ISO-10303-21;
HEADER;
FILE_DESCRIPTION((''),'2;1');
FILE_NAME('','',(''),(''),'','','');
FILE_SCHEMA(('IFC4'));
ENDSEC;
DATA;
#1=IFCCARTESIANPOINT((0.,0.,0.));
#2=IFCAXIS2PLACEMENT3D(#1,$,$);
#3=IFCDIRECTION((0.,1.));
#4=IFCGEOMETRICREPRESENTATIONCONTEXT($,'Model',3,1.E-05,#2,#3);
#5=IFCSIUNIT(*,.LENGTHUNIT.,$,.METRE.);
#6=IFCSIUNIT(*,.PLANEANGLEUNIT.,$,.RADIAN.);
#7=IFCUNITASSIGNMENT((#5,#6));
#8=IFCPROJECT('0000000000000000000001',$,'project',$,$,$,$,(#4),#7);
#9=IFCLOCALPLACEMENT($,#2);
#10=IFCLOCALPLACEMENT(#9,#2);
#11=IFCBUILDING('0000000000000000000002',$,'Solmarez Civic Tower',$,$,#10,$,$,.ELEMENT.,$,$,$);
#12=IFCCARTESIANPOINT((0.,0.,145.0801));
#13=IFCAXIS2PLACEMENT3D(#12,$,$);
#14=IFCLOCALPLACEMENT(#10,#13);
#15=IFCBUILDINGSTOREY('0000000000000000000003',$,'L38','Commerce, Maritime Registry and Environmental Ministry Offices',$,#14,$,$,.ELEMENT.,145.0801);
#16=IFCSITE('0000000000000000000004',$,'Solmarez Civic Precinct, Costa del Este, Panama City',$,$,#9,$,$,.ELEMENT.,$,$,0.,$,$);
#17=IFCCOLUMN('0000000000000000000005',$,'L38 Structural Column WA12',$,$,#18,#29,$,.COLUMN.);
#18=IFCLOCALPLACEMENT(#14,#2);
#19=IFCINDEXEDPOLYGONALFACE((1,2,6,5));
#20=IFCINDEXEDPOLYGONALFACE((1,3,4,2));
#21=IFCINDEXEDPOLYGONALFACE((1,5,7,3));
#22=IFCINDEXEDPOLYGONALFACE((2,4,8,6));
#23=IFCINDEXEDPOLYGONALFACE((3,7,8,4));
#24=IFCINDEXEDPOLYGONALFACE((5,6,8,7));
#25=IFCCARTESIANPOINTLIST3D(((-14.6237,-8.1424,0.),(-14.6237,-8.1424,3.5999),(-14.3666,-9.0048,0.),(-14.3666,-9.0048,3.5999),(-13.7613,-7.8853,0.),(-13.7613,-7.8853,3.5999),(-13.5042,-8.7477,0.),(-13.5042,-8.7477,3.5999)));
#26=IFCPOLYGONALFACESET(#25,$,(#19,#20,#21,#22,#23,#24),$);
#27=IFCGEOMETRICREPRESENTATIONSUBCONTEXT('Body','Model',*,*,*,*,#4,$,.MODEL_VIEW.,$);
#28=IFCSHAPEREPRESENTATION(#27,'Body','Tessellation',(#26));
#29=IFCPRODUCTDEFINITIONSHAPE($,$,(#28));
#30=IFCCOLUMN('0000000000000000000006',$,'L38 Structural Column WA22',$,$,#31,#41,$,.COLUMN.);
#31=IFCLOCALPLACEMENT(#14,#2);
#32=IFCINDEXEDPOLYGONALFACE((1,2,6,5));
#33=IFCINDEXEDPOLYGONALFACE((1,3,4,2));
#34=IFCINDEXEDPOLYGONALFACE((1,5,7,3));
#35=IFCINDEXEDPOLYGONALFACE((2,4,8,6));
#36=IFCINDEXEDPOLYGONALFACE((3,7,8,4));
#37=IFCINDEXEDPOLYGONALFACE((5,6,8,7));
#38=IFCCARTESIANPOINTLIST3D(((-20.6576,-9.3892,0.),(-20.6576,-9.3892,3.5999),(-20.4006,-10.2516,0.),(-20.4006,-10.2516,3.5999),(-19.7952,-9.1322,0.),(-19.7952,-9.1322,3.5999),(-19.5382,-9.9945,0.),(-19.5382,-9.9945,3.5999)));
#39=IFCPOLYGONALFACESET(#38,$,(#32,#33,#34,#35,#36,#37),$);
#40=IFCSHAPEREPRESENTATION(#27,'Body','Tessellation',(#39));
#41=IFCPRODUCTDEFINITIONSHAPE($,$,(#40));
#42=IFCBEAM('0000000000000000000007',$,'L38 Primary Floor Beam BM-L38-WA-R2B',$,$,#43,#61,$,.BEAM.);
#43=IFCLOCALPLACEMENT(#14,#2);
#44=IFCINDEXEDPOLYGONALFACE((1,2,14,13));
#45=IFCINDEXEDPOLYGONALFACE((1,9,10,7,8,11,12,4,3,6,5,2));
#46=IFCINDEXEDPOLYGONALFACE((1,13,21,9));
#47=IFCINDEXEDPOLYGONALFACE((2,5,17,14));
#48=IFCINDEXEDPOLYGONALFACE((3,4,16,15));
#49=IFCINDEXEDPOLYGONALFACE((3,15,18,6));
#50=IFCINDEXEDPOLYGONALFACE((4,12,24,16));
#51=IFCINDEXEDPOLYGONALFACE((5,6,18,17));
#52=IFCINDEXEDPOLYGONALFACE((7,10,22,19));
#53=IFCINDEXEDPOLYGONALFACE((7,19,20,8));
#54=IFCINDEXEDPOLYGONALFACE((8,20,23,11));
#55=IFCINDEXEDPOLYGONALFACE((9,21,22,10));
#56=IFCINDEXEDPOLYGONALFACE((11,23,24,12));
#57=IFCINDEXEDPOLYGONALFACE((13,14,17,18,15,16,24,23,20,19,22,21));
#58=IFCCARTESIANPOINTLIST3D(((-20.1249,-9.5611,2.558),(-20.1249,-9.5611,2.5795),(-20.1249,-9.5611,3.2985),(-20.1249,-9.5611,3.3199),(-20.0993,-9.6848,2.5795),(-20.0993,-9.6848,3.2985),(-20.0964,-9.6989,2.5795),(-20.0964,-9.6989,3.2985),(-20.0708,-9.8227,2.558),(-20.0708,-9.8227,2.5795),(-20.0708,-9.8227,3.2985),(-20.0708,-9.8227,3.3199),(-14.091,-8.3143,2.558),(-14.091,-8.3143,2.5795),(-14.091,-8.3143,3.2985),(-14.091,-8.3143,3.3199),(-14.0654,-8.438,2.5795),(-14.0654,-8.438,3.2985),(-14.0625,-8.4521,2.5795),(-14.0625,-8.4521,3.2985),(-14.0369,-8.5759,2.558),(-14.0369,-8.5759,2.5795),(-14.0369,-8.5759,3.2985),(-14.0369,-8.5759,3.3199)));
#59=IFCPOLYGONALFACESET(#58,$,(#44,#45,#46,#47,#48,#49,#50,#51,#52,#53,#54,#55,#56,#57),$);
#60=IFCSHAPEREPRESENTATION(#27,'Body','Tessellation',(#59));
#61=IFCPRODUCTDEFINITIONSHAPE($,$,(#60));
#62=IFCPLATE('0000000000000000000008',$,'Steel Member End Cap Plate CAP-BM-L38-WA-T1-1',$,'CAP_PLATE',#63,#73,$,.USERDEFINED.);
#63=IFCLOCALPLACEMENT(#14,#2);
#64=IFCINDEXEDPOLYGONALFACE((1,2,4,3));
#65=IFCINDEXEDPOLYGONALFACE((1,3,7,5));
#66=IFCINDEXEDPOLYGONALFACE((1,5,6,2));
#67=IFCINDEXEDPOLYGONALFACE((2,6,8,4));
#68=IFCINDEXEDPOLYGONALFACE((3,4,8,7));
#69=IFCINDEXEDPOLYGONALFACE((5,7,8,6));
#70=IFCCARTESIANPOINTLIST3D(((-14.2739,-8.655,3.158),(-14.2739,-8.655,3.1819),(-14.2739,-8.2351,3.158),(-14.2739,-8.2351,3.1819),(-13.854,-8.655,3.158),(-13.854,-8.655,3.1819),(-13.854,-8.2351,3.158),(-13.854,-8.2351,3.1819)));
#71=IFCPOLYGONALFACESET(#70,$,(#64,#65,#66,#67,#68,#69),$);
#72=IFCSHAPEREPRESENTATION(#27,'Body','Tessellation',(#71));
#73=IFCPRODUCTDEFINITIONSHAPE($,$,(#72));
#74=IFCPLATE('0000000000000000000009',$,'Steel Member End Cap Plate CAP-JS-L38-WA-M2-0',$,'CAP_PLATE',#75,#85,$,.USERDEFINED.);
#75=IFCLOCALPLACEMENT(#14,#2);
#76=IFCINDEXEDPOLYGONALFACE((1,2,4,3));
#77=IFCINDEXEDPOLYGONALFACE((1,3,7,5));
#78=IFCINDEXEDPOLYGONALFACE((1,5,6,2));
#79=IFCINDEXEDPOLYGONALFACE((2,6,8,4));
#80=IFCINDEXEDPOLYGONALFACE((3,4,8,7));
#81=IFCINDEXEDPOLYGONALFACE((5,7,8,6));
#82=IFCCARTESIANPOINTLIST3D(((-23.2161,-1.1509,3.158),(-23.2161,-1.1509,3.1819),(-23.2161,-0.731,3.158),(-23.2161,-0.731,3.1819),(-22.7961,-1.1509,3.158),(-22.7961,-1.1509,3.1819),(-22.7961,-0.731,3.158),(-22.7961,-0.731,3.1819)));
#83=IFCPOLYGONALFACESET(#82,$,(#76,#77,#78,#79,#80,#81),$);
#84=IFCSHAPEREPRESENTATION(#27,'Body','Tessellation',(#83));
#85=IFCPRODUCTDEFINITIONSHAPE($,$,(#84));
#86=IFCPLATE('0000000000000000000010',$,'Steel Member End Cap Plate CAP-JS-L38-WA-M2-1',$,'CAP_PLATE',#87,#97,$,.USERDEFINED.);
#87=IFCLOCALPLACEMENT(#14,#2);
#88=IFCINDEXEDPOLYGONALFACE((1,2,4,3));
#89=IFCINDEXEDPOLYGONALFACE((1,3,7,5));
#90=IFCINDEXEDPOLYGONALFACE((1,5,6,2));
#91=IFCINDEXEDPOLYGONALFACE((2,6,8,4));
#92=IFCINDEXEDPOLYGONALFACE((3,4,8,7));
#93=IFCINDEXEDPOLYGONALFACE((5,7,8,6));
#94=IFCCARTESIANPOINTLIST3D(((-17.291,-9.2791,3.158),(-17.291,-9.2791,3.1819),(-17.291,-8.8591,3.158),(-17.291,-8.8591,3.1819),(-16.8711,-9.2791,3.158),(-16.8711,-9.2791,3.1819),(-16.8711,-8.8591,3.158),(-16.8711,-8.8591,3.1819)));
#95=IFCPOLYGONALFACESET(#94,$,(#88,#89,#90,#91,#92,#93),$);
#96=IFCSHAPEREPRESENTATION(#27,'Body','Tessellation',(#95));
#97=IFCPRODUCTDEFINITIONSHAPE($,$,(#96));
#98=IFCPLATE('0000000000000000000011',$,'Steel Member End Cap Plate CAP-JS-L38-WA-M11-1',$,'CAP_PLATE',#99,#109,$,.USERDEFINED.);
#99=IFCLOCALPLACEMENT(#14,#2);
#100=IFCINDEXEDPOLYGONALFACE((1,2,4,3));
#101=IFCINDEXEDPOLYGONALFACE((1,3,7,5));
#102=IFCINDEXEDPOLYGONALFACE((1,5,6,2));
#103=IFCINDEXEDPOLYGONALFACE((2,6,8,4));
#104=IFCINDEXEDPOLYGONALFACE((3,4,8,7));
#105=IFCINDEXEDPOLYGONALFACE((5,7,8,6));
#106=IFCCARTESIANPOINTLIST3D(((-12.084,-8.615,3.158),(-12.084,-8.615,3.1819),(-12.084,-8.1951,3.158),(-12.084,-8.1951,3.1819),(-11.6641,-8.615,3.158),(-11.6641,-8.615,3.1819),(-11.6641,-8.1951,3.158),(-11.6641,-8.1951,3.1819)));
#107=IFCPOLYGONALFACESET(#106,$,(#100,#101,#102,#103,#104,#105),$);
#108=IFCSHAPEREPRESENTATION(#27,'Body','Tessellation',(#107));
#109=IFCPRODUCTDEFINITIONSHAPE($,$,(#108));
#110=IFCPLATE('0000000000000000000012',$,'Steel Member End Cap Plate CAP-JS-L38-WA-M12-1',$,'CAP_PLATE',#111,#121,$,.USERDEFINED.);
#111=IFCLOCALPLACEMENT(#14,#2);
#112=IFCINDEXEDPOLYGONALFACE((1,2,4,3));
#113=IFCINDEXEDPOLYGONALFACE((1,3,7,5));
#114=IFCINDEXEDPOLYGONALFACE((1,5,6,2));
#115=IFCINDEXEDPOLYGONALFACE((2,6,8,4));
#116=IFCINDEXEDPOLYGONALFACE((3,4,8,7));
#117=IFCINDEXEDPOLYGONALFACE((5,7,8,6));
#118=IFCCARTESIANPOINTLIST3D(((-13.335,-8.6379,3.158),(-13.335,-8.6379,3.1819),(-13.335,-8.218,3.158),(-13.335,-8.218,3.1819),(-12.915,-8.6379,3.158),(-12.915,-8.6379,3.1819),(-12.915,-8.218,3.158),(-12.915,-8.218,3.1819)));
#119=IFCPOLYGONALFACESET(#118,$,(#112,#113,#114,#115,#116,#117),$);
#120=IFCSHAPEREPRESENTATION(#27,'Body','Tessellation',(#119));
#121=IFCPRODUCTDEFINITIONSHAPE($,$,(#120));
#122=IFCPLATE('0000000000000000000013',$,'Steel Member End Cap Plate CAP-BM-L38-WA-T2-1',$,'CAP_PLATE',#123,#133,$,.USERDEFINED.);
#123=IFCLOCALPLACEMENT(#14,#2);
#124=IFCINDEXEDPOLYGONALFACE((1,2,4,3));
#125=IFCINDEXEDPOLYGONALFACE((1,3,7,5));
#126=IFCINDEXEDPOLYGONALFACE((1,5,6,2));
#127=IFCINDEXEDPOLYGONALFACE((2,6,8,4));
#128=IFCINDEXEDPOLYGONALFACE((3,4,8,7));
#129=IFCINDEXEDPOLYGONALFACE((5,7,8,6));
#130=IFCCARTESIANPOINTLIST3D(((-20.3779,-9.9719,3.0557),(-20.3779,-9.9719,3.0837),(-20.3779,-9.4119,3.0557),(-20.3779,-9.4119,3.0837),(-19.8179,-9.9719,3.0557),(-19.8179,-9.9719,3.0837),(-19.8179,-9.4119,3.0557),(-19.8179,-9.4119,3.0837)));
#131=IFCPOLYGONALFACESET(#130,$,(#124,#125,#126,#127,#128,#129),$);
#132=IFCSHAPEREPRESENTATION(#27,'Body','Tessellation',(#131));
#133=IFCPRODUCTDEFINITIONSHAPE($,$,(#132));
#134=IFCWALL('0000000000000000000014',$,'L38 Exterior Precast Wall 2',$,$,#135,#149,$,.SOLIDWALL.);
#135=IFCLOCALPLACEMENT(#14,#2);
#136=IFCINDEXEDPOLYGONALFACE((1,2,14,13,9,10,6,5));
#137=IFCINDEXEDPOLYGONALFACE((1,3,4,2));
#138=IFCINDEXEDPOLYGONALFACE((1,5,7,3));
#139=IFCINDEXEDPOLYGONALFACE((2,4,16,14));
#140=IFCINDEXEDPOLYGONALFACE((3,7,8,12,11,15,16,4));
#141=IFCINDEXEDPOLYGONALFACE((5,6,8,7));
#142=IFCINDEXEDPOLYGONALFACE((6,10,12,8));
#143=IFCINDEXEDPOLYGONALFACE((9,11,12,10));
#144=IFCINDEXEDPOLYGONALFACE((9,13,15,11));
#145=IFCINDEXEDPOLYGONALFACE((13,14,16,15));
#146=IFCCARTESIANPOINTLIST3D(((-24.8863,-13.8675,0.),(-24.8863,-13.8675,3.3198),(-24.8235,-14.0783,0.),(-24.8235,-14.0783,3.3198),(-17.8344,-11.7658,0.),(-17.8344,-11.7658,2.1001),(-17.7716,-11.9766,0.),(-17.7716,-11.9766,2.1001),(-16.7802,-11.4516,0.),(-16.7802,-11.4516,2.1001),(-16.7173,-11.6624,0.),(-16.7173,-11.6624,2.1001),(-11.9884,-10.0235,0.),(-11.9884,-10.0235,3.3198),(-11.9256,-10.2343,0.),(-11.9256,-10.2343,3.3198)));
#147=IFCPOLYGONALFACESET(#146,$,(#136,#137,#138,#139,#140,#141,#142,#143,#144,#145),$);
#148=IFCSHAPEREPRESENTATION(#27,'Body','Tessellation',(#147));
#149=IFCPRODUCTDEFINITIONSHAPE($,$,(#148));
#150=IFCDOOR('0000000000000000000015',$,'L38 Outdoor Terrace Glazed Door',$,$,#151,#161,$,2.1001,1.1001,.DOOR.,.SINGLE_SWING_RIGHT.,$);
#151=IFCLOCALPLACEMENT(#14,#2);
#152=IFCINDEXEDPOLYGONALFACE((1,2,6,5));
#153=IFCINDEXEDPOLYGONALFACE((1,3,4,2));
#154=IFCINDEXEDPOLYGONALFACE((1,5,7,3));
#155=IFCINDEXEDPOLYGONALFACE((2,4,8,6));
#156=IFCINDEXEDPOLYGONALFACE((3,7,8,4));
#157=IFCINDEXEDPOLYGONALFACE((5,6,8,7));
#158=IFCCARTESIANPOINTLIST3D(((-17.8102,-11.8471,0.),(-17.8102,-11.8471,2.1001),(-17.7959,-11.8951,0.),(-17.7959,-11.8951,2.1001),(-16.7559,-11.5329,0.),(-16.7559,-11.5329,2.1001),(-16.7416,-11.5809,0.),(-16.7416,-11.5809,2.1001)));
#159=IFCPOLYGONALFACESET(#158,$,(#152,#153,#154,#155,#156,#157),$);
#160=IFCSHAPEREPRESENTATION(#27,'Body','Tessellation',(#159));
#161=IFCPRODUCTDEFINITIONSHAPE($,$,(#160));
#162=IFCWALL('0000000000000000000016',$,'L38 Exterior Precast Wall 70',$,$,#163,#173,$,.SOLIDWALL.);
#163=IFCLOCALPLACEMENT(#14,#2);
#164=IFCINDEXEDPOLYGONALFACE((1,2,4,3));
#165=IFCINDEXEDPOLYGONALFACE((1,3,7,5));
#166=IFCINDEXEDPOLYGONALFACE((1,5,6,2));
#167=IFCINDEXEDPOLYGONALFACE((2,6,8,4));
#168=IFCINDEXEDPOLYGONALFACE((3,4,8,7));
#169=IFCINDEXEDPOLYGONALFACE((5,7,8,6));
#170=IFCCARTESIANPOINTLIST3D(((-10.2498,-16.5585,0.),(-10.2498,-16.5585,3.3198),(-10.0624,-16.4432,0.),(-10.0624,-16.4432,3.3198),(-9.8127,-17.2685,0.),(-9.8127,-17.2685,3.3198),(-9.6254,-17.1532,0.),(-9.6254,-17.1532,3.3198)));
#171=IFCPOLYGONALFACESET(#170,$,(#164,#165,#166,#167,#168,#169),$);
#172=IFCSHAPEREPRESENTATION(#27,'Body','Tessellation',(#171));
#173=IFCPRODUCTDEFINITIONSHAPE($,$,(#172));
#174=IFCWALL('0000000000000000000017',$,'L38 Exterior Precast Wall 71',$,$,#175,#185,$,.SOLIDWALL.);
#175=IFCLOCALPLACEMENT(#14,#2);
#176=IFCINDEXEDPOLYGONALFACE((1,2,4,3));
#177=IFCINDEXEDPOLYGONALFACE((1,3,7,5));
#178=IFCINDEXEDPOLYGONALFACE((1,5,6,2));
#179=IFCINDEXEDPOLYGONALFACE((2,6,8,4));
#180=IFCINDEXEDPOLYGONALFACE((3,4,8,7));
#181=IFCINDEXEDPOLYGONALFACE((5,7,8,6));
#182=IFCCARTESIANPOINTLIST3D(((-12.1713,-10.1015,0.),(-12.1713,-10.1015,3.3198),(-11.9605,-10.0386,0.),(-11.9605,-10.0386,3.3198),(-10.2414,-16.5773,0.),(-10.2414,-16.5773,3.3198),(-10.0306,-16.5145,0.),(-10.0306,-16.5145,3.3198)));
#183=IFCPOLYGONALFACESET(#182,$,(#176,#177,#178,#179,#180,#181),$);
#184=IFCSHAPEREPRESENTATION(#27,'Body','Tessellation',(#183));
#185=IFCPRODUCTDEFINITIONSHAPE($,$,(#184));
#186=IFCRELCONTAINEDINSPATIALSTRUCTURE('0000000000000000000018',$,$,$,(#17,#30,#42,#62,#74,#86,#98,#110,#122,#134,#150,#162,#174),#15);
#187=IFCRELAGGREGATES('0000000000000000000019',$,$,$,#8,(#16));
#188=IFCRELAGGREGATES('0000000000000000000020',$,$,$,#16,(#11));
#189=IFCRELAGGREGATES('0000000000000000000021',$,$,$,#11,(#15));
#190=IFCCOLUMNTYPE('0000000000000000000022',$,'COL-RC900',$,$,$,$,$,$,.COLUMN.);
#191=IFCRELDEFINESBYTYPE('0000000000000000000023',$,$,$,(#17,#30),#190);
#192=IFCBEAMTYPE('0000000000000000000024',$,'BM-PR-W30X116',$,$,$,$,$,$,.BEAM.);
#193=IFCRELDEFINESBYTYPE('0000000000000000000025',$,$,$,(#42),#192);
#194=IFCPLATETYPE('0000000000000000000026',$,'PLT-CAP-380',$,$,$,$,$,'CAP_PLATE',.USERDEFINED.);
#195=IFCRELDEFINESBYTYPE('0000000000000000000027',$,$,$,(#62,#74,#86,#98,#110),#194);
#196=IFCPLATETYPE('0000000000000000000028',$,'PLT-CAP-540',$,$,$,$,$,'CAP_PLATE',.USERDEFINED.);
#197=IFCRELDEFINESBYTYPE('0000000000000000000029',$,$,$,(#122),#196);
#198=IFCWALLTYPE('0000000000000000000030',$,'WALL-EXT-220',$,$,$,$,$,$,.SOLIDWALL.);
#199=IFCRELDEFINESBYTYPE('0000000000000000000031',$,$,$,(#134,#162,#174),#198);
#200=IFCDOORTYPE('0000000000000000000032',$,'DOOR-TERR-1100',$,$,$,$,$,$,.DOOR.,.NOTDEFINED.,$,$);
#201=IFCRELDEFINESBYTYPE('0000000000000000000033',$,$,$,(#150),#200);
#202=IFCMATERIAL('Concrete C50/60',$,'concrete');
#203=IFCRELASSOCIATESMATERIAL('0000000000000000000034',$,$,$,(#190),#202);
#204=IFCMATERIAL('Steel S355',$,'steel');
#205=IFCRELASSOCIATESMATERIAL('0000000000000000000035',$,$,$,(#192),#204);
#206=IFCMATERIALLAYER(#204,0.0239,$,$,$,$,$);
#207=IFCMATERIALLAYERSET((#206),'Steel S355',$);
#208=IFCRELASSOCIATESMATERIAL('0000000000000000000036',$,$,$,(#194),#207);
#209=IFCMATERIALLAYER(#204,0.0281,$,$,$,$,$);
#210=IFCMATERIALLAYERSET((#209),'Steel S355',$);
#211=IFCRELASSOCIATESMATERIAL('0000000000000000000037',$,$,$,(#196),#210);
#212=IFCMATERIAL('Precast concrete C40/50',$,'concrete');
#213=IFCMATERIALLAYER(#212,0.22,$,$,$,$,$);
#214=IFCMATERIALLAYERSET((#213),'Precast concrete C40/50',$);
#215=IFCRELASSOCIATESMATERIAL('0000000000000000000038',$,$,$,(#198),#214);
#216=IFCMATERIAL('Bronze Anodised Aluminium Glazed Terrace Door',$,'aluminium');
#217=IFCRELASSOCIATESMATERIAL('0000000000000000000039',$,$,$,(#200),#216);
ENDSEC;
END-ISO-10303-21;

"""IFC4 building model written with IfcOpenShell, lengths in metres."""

from ifc_helpers import new_model, si_unit, direction, frame, frame_2d, origin, origin_2d, place, context, subcontext, project, spatial, rectangle, i_section, extrude, material, layer, layer_set, material_profile, profile_set, type_object, element, fill, save


model = new_model("IFC4")

# Units and contexts
model_context = context("Model", 3, precision=1e-05, world=origin(), true_north=direction((0.0, 1.0)))
body_context = subcontext(model_context, "Body", "Model", "MODEL_VIEW")
ifc_project = project(units=[si_unit("LENGTHUNIT", "METRE"), si_unit("PLANEANGLEUNIT", "RADIAN")], contexts=[model_context])

# Site, building, storey
site_placement = place(None, origin())
site = spatial("IfcSite", under=ifc_project, at=site_placement, Name="Solmarez Civic Precinct, Costa del Este, Panama City", CompositionType="ELEMENT", RefElevation=0.0)
building_placement = place(site_placement, origin())
building = spatial("IfcBuilding", under=site, at=building_placement, Name="Solmarez Civic Tower", CompositionType="ELEMENT")
storey_placement = place(building_placement, frame((0.0, 0.0, 145.0801)))
storey = spatial("IfcBuildingStorey", under=building, at=storey_placement, Name="L38", Description="Commerce, Maritime Registry and Environmental Ministry Offices", CompositionType="ELEMENT", Elevation=145.0801)

# Columns
ifc_material_1 = material(Name="Concrete C50/60", Category="concrete")
ifc_material_profile_1 = material_profile(ifc_material_1, rectangle(XDim=0.8999, YDim=0.8999, at=origin_2d()), Name="RC900X900")
ifc_profile_set_1 = profile_set([ifc_material_profile_1], Name="Concrete C50/60")
column_type = type_object("IfcColumnType", Name="COL-RC900", PredefinedType="COLUMN", material=ifc_profile_set_1)
for number, where, z_axis, x_axis, name in (
    (1, (-14.064, -8.4451, 0.0), (0.0, 0.0, 1.0), (0.958323, 0.285688, 0.0), "L38 Structural Column WA12"),
    (2, (-20.0979, -9.6919, 0.0), (0.0, 0.0, 1.0), (0.958323, 0.285688, 0.0), "L38 Structural Column WA22"),
):
    element("IfcColumn", number, at=place(storey_placement, frame(where, z_axis=z_axis, x_axis=x_axis)), inside=storey, type_object=column_type, Name=name, PredefinedType="COLUMN", context=body_context, shape_type="SweptSolid", body=[
        extrude(rectangle(XDim=0.8999, YDim=0.8999, at=origin_2d()), origin(), (0.0, 0.0, 1.0), 3.5999),
    ])

# Beam
ifc_material_2 = material(Name="Steel S355", Category="steel")
ifc_material_profile_2 = material_profile(ifc_material_2, i_section(OverallWidth=0.2671, OverallDepth=0.762, WebThickness=0.0144, FlangeThickness=0.0215, at=origin_2d()), Name="W30X116")
ifc_profile_set_2 = profile_set([ifc_material_profile_2], Name="Steel S355")
beam_type = type_object("IfcBeamType", Name="BM-PR-W30X116", PredefinedType="BEAM", material=ifc_profile_set_2)
beam_placement = place(storey_placement, frame((-14.064, -8.4451, 2.939), z_axis=(-0.979311, -0.202361, 0.0), x_axis=(0.202361, -0.979311, 0.0)))
element("IfcBeam", 3, at=beam_placement, inside=storey, type_object=beam_type, Name="L38 Primary Floor Beam BM-L38-WA-R2B", PredefinedType="BEAM", context=body_context, shape_type="SweptSolid", body=[
    extrude(i_section(OverallWidth=0.2671, OverallDepth=0.762, WebThickness=0.0144, FlangeThickness=0.0215, at=origin_2d()), origin(), (0.0, 0.0, 1.0), 6.1614),
])

# Plates
ifc_layer_1 = layer(ifc_material_2, 0.0239)
ifc_layer_set_1 = layer_set([ifc_layer_1], Name="Steel S355")
plate_type_1 = type_object("IfcPlateType", Name="PLT-CAP-380", ElementType="CAP_PLATE", PredefinedType="USERDEFINED", material=ifc_layer_set_1)
for number, where, z_axis, x_axis, name in (
    (4, (-14.064, -8.4451, 3.158), (0.0, 0.0, 1.0), (1.0, 0.0, 0.0), "Steel Member End Cap Plate CAP-BM-L38-WA-T1-1"),
    (5, (-23.0061, -0.9409, 3.158), (0.0, 0.0, 1.0), (1.0, 0.0, 0.0), "Steel Member End Cap Plate CAP-JS-L38-WA-M2-0"),
    (6, (-17.0811, -9.0691, 3.158), (0.0, 0.0, 1.0), (1.0, 0.0, 0.0), "Steel Member End Cap Plate CAP-JS-L38-WA-M2-1"),
    (7, (-11.874, -8.405, 3.158), (0.0, 0.0, 1.0), (1.0, 0.0, 0.0), "Steel Member End Cap Plate CAP-JS-L38-WA-M11-1"),
    (8, (-13.125, -8.428, 3.158), (0.0, 0.0, 1.0), (1.0, 0.0, 0.0), "Steel Member End Cap Plate CAP-JS-L38-WA-M12-1"),
):
    element("IfcPlate", number, at=place(storey_placement, frame(where, z_axis=z_axis, x_axis=x_axis)), inside=storey, type_object=plate_type_1, Name=name, ObjectType="CAP_PLATE", PredefinedType="USERDEFINED", context=body_context, shape_type="SweptSolid", body=[
        extrude(rectangle(XDim=0.4199, YDim=0.4199, at=origin_2d()), origin(), (0.0, 0.0, 1.0), 0.0239),
    ])
ifc_layer_2 = layer(ifc_material_2, 0.0281)
ifc_layer_set_2 = layer_set([ifc_layer_2], Name="Steel S355")
plate_type_2 = type_object("IfcPlateType", Name="PLT-CAP-540", ElementType="CAP_PLATE", PredefinedType="USERDEFINED", material=ifc_layer_set_2)
plate_placement = place(storey_placement, frame((-20.0979, -9.6919, 3.0557), z_axis=(0.0, 0.0, 1.0), x_axis=(1.0, 0.0, 0.0)))
element("IfcPlate", 9, at=plate_placement, inside=storey, type_object=plate_type_2, Name="Steel Member End Cap Plate CAP-BM-L38-WA-T2-1", ObjectType="CAP_PLATE", PredefinedType="USERDEFINED", context=body_context, shape_type="SweptSolid", body=[
    extrude(rectangle(XDim=0.5601, YDim=0.5601, at=origin_2d()), origin(), (0.0, 0.0, 1.0), 0.0281),
])

# Wall, opening, door
ifc_material_3 = material(Name="Precast concrete C40/50", Category="concrete")
ifc_layer_3 = layer(ifc_material_3, 0.22)
ifc_layer_set_3 = layer_set([ifc_layer_3], Name="Precast concrete C40/50")
wall_type_1 = type_object("IfcWallType", Name="WALL-EXT-220", PredefinedType="SOLIDWALL", material=ifc_layer_set_3)
wall_1_placement = place(storey_placement, frame((-11.957, -10.1289, 0.0), z_axis=(0.0, 0.0, 1.0), x_axis=(-0.958344, -0.285617, 0.0)))
wall_1 = element("IfcWall", 10, at=wall_1_placement, inside=storey, type_object=wall_type_1, Name="L38 Exterior Precast Wall 2", PredefinedType="SOLIDWALL", context=body_context, shape_type="SweptSolid", body=[
    extrude(rectangle(XDim=13.4585, YDim=0.22, at=frame_2d((6.7292, 0.0))), origin(), (0.0, 0.0, 1.0), 3.3198),
])
opening_1_placement = place(wall_1_placement, frame((5.0, 0.0, 0.0)))
opening_1 = element("IfcOpeningElement", 11, at=opening_1_placement, cuts=wall_1, PredefinedType="OPENING", context=body_context, shape_type="SweptSolid", body=[
    extrude(rectangle(XDim=1.1001, YDim=2.1001, at=frame_2d((0.55, 1.05))), frame((0.0, 0.1199, 0.0), z_axis=(0.0, -1.0, 0.0), x_axis=(1.0, 0.0, 0.0)), (0.0, 0.0, 1.0), 0.24),
])
ifc_material_4 = material(Name="Bronze Anodised Aluminium Glazed Terrace Door", Category="aluminium")
door_type_1 = type_object("IfcDoorType", Name="DOOR-TERR-1100", OperationType="NOTDEFINED", PredefinedType="DOOR", material=ifc_material_4)
door_1_placement = place(opening_1_placement, origin())
door_1 = element("IfcDoor", 12, at=door_1_placement, inside=storey, type_object=door_type_1, Name="L38 Outdoor Terrace Glazed Door", OperationType="SINGLE_SWING_RIGHT", OverallHeight=2.1001, OverallWidth=1.1001, PredefinedType="DOOR", context=body_context, shape_type="SweptSolid", body=[
    extrude(rectangle(XDim=1.1001, YDim=2.1001, at=frame_2d((0.55, 1.05))), frame((0.0, 0.0249, 0.0), z_axis=(0.0, -1.0, 0.0), x_axis=(1.0, 0.0, 0.0)), (0.0, 0.0, 1.0), 0.05),
])
fill(opening_1, door_1)

# Walls
wall_2_placement = place(storey_placement, frame((-9.719, -17.2109, 0.0), z_axis=(0.0, 0.0, 1.0), x_axis=(-0.524195, 0.851598, 0.0)))
element("IfcWall", 13, at=wall_2_placement, inside=storey, type_object=wall_type_1, Name="L38 Exterior Precast Wall 70", PredefinedType="SOLIDWALL", context=body_context, shape_type="SweptSolid", body=[
    extrude(rectangle(XDim=0.8337, YDim=0.22, at=frame_2d((0.417, 0.0))), origin(), (0.0, 0.0, 1.0), 3.3198),
])
wall_3_placement = place(storey_placement, frame((-10.136, -16.5459, 0.0), z_axis=(0.0, 0.0, 1.0), x_axis=(-0.285607, 0.958347, 0.0)))
element("IfcWall", 14, at=wall_3_placement, inside=storey, type_object=wall_type_1, Name="L38 Exterior Precast Wall 71", PredefinedType="SOLIDWALL", context=body_context, shape_type="SweptSolid", body=[
    extrude(rectangle(XDim=6.7573, YDim=0.22, at=frame_2d((3.3787, 0.0))), origin(), (0.0, 0.0, 1.0), 3.3198),
])

save(model, "model.ifc")
